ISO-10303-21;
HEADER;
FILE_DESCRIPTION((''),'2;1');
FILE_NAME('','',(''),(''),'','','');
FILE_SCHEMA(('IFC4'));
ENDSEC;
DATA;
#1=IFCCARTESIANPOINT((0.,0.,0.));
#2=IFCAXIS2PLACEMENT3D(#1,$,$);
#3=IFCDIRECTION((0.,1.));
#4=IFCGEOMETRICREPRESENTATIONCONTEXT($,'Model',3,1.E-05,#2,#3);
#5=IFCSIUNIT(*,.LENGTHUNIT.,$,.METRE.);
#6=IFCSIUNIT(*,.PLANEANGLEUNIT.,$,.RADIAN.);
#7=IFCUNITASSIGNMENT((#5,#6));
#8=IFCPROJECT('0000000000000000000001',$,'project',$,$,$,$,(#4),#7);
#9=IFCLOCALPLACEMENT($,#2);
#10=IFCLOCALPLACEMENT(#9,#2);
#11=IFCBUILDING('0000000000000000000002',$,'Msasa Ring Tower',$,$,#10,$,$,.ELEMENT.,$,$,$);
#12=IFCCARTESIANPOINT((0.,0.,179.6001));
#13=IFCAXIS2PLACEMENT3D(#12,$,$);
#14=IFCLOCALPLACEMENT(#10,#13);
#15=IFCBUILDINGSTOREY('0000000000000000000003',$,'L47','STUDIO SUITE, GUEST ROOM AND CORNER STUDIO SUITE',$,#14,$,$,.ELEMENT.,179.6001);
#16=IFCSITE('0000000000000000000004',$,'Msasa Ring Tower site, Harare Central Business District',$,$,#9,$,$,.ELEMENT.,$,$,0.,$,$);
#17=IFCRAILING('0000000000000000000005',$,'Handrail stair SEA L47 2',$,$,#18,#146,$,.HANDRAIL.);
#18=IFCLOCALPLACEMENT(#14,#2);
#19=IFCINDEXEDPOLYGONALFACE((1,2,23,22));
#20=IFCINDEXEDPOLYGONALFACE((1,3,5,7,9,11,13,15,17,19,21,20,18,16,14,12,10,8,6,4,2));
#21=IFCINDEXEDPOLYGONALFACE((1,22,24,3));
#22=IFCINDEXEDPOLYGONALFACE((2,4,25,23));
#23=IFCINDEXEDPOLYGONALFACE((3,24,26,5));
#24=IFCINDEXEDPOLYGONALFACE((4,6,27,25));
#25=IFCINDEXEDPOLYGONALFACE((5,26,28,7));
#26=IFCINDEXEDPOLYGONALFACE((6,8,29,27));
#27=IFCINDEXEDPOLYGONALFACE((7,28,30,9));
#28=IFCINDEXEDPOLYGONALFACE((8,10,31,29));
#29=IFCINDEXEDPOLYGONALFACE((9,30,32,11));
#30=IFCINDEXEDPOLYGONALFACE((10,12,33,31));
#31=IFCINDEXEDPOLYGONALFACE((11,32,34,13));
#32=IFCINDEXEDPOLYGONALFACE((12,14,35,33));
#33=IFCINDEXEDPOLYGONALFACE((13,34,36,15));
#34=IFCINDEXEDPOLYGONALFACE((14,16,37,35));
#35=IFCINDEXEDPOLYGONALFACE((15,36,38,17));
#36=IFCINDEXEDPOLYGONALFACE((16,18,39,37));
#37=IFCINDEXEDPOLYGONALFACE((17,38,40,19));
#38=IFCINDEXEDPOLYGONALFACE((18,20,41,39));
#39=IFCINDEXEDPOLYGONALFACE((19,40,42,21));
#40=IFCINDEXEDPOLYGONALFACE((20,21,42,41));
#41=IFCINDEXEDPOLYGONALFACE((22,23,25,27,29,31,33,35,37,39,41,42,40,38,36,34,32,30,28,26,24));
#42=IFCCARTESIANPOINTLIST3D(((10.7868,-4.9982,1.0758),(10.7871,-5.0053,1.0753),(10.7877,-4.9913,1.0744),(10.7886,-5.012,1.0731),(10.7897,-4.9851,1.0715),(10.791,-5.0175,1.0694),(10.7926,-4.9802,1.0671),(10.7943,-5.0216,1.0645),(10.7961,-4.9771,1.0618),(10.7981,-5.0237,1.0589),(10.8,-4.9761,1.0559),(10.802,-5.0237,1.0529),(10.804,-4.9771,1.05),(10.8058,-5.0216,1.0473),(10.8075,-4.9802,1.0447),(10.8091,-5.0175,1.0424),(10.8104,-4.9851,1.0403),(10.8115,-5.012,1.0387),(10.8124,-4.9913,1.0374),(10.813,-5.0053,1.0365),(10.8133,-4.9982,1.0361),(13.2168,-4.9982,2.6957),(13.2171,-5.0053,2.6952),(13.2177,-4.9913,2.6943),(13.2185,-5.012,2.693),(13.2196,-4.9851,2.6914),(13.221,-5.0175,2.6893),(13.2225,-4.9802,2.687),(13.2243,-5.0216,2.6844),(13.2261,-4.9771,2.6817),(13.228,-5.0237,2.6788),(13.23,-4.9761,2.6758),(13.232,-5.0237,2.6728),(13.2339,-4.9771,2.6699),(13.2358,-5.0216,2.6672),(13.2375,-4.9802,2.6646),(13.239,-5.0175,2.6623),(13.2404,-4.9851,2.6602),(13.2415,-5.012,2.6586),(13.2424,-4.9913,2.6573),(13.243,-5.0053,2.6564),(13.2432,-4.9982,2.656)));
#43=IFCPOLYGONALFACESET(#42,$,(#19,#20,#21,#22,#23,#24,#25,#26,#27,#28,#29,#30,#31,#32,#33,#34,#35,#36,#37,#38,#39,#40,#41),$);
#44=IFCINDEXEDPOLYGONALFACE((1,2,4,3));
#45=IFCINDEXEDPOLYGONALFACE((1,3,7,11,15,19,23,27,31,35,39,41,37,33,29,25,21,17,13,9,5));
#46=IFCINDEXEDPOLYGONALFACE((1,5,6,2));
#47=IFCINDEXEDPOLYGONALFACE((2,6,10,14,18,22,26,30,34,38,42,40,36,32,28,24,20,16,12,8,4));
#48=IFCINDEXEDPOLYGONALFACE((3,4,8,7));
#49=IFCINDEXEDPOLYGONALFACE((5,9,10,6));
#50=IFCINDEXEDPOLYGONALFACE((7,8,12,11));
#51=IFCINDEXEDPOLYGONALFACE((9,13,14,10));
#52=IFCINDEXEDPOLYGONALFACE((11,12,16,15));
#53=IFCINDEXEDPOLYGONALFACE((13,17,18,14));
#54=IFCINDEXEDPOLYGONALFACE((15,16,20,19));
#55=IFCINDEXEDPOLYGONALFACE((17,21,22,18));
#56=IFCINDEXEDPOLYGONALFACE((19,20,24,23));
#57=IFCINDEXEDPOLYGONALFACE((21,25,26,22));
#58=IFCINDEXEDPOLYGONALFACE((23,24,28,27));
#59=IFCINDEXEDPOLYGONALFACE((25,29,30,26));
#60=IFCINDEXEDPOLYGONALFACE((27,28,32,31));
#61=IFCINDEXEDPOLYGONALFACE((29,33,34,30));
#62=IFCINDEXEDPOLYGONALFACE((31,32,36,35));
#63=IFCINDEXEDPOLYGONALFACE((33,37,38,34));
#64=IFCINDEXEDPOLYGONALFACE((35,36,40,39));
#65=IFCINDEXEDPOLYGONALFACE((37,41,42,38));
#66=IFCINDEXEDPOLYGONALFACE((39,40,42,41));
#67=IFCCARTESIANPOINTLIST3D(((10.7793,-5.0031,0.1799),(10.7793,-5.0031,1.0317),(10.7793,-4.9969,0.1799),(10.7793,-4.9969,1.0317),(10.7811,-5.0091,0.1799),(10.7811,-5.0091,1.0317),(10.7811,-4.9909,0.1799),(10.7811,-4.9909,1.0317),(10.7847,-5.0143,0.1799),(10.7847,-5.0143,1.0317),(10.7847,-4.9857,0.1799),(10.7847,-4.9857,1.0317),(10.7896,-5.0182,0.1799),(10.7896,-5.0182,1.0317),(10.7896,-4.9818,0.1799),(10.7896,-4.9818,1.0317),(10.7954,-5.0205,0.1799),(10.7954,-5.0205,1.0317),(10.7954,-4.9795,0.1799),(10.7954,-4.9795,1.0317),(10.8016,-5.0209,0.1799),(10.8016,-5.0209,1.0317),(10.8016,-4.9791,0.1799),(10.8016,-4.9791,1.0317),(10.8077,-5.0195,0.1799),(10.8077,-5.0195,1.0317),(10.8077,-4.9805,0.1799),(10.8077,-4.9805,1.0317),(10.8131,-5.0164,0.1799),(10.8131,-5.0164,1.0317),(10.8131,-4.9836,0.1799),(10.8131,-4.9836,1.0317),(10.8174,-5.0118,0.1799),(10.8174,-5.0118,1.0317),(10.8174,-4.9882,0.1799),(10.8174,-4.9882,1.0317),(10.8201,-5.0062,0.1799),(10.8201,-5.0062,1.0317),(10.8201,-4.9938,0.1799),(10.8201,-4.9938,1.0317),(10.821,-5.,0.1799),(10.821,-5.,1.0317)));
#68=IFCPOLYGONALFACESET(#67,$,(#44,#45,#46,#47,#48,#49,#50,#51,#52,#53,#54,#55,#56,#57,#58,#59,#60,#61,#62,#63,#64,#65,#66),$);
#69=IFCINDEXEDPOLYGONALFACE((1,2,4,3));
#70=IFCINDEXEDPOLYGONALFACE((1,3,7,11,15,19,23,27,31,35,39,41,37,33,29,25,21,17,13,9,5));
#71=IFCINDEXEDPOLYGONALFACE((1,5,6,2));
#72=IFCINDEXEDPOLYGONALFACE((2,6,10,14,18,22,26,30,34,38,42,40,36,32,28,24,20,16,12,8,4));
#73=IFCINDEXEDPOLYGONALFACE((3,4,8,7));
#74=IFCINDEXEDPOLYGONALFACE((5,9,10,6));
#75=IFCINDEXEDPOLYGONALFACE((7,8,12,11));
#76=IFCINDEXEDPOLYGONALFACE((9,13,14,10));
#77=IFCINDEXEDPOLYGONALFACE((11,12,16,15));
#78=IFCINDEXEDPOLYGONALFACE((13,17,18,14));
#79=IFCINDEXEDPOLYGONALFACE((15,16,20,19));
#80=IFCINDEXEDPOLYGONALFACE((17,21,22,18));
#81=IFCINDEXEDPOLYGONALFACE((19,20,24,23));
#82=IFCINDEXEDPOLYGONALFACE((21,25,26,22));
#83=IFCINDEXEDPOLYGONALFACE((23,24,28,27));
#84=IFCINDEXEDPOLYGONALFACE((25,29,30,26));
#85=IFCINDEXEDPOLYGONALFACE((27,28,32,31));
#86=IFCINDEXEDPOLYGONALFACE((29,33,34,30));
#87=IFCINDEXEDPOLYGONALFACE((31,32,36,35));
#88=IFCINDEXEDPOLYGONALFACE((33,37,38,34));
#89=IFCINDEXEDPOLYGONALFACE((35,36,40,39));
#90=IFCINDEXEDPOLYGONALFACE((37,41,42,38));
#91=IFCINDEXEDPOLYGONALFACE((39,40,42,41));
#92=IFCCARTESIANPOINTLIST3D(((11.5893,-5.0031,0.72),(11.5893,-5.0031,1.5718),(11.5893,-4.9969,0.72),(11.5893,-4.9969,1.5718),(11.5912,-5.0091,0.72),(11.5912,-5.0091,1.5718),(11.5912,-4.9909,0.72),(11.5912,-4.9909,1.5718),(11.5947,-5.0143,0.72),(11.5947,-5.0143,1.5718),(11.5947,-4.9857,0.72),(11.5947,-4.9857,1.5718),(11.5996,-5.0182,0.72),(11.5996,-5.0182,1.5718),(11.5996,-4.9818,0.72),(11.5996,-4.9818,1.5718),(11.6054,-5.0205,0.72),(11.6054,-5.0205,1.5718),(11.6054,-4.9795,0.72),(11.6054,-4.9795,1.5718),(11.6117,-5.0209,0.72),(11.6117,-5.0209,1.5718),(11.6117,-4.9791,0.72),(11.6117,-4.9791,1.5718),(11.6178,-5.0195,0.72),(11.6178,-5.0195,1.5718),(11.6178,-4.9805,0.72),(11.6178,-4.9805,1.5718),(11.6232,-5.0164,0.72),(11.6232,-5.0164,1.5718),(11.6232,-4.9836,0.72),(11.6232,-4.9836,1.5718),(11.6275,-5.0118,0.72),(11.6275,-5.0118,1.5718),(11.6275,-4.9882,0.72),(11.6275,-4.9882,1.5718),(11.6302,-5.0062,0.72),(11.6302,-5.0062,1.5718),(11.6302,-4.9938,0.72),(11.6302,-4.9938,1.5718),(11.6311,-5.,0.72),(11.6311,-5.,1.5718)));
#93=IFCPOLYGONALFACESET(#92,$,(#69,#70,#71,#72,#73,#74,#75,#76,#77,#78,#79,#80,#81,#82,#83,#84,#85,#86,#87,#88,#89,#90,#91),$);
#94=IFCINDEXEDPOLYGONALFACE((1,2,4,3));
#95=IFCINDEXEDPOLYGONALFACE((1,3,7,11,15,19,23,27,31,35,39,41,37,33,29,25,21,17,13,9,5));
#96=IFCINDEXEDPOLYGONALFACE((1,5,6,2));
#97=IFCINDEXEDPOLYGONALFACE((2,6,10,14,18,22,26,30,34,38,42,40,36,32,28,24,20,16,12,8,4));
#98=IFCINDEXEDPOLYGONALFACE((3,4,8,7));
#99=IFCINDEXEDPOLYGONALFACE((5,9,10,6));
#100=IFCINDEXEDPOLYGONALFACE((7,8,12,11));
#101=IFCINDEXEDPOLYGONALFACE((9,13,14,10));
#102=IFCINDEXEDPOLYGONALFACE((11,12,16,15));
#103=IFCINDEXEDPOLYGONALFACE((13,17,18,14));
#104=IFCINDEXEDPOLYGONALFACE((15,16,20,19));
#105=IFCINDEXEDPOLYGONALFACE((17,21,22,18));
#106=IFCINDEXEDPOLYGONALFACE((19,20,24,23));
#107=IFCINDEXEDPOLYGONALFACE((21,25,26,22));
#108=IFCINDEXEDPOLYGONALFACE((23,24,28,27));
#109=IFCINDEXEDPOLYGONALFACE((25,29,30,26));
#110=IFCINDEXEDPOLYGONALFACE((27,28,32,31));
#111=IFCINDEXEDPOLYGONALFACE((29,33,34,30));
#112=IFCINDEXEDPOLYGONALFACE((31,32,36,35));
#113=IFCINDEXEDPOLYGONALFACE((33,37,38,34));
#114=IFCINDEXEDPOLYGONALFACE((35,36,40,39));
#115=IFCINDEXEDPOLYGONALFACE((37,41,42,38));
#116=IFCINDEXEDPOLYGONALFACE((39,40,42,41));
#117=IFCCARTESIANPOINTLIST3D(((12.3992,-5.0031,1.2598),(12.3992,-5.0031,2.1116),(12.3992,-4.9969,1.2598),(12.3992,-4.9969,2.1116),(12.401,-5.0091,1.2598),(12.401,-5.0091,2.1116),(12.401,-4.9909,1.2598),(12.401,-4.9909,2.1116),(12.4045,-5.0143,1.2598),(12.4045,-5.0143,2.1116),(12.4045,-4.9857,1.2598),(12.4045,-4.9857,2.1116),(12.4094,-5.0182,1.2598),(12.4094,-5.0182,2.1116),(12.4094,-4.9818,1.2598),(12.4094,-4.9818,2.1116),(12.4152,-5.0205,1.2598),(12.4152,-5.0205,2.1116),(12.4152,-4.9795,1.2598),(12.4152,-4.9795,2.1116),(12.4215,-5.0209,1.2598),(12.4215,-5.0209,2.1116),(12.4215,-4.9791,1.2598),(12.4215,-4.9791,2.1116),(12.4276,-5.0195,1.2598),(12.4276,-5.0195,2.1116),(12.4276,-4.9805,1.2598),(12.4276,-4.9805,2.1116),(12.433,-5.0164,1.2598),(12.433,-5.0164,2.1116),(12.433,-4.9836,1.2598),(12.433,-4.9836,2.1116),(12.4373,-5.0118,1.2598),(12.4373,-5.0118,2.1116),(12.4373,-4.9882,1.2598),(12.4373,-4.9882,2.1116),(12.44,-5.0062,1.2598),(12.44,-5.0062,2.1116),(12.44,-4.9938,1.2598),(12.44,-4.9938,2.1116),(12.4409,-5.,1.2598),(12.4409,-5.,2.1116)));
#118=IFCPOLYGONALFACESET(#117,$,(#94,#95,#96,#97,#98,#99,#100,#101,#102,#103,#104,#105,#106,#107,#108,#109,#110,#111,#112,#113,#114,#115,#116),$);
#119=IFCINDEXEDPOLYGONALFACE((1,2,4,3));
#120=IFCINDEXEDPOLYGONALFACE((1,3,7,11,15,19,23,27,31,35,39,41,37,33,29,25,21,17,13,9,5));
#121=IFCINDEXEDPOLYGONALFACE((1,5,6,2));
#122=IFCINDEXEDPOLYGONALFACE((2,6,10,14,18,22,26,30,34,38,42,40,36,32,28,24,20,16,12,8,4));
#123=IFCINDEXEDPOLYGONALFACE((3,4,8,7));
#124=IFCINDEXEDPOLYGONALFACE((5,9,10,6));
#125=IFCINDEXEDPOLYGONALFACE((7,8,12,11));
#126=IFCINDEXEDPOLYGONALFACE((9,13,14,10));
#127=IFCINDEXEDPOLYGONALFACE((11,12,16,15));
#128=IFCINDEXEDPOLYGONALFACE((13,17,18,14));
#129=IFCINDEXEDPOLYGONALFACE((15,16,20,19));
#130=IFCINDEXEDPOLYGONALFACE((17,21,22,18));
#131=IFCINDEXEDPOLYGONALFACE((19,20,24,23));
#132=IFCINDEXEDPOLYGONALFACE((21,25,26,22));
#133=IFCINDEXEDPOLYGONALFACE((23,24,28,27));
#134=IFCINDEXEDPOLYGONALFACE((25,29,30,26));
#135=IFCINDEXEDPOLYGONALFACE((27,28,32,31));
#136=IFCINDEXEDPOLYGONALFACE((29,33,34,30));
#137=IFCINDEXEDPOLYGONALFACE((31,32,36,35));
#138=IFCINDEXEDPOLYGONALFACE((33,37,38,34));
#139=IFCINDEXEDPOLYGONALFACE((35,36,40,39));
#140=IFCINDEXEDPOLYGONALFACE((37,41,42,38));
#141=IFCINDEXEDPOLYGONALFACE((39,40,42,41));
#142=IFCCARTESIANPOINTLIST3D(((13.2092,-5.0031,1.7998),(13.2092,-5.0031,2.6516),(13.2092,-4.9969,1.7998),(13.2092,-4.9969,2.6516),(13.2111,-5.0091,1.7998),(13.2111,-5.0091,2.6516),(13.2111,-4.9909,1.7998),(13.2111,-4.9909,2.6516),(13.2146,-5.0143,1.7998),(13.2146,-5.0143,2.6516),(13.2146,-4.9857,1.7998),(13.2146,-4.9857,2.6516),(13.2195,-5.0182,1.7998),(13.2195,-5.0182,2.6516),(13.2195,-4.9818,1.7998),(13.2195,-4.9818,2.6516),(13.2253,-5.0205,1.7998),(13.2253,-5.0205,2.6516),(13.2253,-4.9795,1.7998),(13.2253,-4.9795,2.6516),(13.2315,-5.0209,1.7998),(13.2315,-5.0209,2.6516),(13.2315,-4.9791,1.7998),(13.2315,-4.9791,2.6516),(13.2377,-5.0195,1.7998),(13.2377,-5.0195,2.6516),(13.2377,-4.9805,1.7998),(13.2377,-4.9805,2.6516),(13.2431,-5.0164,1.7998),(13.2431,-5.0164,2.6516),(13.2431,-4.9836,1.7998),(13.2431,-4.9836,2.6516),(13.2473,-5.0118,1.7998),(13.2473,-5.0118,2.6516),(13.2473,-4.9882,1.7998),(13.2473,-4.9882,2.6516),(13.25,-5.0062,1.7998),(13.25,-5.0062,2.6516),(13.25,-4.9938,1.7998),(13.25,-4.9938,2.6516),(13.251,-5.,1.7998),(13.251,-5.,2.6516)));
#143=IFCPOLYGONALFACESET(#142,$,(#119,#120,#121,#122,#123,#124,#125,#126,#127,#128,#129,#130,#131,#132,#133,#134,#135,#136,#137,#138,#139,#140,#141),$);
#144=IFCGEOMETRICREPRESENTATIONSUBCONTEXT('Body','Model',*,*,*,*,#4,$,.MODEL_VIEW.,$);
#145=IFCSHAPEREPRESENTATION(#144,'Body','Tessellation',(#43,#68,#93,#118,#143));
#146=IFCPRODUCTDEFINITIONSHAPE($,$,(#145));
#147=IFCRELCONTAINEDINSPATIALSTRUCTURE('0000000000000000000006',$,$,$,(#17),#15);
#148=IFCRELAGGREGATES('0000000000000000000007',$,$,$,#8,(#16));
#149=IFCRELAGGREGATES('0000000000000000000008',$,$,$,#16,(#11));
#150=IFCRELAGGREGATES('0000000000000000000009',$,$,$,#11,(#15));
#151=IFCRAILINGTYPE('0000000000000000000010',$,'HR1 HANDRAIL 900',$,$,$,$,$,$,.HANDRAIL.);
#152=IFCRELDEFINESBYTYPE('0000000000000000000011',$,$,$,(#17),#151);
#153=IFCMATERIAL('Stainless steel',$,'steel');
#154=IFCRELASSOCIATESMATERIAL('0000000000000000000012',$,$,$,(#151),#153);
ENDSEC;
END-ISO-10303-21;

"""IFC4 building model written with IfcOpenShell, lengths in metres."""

from ifc_helpers import new_model, si_unit, direction, frame, origin, origin_2d, place, context, subcontext, project, spatial, circle, extrude, material, type_object, element, save


model = new_model("IFC4")

# Units and contexts
model_context = context("Model", 3, precision=1e-05, world=origin(), true_north=direction((0.0, 1.0)))
body_context = subcontext(model_context, "Body", "Model", "MODEL_VIEW")
ifc_project = project(units=[si_unit("LENGTHUNIT", "METRE"), si_unit("PLANEANGLEUNIT", "RADIAN")], contexts=[model_context])

# Site, building, storey
site_placement = place(None, origin())
site = spatial("IfcSite", under=ifc_project, at=site_placement, Name="Msasa Ring Tower site, Harare Central Business District", CompositionType="ELEMENT", RefElevation=0.0)
building_placement = place(site_placement, origin())
building = spatial("IfcBuilding", under=site, at=building_placement, Name="Msasa Ring Tower", CompositionType="ELEMENT")
storey_placement = place(building_placement, frame((0.0, 0.0, 179.6001)))
storey = spatial("IfcBuildingStorey", under=building, at=storey_placement, Name="L47", Description="STUDIO SUITE, GUEST ROOM AND CORNER STUDIO SUITE", CompositionType="ELEMENT", Elevation=179.6001)

# Railing
ifc_material_1 = material(Name="Stainless steel", Category="steel")
railing_type = type_object("IfcRailingType", Name="HR1 HANDRAIL 900", PredefinedType="HANDRAIL", material=ifc_material_1)
for number, where, name in (
    (1, (10.8, -5.0, 0.1799), "Handrail stair SEA L47 2"),
):
    element("IfcRailing", number, at=place(storey_placement, frame(where)), inside=storey, type_object=railing_type, Name=name, PredefinedType="HANDRAIL", context=body_context, shape_type="SweptSolid", body=[
        extrude(circle(Radius=0.0239, at=origin_2d()), frame((0.0, 0.0, 0.876), z_axis=(0.832063, 0.0, 0.554681), x_axis=(0.0, 1.0, 0.0)), (0.0, 0.0, 1.0), 2.9204),
        extrude(circle(Radius=0.021, at=origin_2d()), origin(), (0.0, 0.0, 1.0), 0.8518),
        extrude(circle(Radius=0.021, at=origin_2d()), frame((0.8101, 0.0, 0.54)), (0.0, 0.0, 1.0), 0.8518),
        extrude(circle(Radius=0.021, at=origin_2d()), frame((1.6199, 0.0, 1.0798)), (0.0, 0.0, 1.0), 0.8518),
        extrude(circle(Radius=0.021, at=origin_2d()), frame((2.4299, 0.0, 1.6199)), (0.0, 0.0, 1.0), 0.8518),
    ])

save(model, "model.ifc")
